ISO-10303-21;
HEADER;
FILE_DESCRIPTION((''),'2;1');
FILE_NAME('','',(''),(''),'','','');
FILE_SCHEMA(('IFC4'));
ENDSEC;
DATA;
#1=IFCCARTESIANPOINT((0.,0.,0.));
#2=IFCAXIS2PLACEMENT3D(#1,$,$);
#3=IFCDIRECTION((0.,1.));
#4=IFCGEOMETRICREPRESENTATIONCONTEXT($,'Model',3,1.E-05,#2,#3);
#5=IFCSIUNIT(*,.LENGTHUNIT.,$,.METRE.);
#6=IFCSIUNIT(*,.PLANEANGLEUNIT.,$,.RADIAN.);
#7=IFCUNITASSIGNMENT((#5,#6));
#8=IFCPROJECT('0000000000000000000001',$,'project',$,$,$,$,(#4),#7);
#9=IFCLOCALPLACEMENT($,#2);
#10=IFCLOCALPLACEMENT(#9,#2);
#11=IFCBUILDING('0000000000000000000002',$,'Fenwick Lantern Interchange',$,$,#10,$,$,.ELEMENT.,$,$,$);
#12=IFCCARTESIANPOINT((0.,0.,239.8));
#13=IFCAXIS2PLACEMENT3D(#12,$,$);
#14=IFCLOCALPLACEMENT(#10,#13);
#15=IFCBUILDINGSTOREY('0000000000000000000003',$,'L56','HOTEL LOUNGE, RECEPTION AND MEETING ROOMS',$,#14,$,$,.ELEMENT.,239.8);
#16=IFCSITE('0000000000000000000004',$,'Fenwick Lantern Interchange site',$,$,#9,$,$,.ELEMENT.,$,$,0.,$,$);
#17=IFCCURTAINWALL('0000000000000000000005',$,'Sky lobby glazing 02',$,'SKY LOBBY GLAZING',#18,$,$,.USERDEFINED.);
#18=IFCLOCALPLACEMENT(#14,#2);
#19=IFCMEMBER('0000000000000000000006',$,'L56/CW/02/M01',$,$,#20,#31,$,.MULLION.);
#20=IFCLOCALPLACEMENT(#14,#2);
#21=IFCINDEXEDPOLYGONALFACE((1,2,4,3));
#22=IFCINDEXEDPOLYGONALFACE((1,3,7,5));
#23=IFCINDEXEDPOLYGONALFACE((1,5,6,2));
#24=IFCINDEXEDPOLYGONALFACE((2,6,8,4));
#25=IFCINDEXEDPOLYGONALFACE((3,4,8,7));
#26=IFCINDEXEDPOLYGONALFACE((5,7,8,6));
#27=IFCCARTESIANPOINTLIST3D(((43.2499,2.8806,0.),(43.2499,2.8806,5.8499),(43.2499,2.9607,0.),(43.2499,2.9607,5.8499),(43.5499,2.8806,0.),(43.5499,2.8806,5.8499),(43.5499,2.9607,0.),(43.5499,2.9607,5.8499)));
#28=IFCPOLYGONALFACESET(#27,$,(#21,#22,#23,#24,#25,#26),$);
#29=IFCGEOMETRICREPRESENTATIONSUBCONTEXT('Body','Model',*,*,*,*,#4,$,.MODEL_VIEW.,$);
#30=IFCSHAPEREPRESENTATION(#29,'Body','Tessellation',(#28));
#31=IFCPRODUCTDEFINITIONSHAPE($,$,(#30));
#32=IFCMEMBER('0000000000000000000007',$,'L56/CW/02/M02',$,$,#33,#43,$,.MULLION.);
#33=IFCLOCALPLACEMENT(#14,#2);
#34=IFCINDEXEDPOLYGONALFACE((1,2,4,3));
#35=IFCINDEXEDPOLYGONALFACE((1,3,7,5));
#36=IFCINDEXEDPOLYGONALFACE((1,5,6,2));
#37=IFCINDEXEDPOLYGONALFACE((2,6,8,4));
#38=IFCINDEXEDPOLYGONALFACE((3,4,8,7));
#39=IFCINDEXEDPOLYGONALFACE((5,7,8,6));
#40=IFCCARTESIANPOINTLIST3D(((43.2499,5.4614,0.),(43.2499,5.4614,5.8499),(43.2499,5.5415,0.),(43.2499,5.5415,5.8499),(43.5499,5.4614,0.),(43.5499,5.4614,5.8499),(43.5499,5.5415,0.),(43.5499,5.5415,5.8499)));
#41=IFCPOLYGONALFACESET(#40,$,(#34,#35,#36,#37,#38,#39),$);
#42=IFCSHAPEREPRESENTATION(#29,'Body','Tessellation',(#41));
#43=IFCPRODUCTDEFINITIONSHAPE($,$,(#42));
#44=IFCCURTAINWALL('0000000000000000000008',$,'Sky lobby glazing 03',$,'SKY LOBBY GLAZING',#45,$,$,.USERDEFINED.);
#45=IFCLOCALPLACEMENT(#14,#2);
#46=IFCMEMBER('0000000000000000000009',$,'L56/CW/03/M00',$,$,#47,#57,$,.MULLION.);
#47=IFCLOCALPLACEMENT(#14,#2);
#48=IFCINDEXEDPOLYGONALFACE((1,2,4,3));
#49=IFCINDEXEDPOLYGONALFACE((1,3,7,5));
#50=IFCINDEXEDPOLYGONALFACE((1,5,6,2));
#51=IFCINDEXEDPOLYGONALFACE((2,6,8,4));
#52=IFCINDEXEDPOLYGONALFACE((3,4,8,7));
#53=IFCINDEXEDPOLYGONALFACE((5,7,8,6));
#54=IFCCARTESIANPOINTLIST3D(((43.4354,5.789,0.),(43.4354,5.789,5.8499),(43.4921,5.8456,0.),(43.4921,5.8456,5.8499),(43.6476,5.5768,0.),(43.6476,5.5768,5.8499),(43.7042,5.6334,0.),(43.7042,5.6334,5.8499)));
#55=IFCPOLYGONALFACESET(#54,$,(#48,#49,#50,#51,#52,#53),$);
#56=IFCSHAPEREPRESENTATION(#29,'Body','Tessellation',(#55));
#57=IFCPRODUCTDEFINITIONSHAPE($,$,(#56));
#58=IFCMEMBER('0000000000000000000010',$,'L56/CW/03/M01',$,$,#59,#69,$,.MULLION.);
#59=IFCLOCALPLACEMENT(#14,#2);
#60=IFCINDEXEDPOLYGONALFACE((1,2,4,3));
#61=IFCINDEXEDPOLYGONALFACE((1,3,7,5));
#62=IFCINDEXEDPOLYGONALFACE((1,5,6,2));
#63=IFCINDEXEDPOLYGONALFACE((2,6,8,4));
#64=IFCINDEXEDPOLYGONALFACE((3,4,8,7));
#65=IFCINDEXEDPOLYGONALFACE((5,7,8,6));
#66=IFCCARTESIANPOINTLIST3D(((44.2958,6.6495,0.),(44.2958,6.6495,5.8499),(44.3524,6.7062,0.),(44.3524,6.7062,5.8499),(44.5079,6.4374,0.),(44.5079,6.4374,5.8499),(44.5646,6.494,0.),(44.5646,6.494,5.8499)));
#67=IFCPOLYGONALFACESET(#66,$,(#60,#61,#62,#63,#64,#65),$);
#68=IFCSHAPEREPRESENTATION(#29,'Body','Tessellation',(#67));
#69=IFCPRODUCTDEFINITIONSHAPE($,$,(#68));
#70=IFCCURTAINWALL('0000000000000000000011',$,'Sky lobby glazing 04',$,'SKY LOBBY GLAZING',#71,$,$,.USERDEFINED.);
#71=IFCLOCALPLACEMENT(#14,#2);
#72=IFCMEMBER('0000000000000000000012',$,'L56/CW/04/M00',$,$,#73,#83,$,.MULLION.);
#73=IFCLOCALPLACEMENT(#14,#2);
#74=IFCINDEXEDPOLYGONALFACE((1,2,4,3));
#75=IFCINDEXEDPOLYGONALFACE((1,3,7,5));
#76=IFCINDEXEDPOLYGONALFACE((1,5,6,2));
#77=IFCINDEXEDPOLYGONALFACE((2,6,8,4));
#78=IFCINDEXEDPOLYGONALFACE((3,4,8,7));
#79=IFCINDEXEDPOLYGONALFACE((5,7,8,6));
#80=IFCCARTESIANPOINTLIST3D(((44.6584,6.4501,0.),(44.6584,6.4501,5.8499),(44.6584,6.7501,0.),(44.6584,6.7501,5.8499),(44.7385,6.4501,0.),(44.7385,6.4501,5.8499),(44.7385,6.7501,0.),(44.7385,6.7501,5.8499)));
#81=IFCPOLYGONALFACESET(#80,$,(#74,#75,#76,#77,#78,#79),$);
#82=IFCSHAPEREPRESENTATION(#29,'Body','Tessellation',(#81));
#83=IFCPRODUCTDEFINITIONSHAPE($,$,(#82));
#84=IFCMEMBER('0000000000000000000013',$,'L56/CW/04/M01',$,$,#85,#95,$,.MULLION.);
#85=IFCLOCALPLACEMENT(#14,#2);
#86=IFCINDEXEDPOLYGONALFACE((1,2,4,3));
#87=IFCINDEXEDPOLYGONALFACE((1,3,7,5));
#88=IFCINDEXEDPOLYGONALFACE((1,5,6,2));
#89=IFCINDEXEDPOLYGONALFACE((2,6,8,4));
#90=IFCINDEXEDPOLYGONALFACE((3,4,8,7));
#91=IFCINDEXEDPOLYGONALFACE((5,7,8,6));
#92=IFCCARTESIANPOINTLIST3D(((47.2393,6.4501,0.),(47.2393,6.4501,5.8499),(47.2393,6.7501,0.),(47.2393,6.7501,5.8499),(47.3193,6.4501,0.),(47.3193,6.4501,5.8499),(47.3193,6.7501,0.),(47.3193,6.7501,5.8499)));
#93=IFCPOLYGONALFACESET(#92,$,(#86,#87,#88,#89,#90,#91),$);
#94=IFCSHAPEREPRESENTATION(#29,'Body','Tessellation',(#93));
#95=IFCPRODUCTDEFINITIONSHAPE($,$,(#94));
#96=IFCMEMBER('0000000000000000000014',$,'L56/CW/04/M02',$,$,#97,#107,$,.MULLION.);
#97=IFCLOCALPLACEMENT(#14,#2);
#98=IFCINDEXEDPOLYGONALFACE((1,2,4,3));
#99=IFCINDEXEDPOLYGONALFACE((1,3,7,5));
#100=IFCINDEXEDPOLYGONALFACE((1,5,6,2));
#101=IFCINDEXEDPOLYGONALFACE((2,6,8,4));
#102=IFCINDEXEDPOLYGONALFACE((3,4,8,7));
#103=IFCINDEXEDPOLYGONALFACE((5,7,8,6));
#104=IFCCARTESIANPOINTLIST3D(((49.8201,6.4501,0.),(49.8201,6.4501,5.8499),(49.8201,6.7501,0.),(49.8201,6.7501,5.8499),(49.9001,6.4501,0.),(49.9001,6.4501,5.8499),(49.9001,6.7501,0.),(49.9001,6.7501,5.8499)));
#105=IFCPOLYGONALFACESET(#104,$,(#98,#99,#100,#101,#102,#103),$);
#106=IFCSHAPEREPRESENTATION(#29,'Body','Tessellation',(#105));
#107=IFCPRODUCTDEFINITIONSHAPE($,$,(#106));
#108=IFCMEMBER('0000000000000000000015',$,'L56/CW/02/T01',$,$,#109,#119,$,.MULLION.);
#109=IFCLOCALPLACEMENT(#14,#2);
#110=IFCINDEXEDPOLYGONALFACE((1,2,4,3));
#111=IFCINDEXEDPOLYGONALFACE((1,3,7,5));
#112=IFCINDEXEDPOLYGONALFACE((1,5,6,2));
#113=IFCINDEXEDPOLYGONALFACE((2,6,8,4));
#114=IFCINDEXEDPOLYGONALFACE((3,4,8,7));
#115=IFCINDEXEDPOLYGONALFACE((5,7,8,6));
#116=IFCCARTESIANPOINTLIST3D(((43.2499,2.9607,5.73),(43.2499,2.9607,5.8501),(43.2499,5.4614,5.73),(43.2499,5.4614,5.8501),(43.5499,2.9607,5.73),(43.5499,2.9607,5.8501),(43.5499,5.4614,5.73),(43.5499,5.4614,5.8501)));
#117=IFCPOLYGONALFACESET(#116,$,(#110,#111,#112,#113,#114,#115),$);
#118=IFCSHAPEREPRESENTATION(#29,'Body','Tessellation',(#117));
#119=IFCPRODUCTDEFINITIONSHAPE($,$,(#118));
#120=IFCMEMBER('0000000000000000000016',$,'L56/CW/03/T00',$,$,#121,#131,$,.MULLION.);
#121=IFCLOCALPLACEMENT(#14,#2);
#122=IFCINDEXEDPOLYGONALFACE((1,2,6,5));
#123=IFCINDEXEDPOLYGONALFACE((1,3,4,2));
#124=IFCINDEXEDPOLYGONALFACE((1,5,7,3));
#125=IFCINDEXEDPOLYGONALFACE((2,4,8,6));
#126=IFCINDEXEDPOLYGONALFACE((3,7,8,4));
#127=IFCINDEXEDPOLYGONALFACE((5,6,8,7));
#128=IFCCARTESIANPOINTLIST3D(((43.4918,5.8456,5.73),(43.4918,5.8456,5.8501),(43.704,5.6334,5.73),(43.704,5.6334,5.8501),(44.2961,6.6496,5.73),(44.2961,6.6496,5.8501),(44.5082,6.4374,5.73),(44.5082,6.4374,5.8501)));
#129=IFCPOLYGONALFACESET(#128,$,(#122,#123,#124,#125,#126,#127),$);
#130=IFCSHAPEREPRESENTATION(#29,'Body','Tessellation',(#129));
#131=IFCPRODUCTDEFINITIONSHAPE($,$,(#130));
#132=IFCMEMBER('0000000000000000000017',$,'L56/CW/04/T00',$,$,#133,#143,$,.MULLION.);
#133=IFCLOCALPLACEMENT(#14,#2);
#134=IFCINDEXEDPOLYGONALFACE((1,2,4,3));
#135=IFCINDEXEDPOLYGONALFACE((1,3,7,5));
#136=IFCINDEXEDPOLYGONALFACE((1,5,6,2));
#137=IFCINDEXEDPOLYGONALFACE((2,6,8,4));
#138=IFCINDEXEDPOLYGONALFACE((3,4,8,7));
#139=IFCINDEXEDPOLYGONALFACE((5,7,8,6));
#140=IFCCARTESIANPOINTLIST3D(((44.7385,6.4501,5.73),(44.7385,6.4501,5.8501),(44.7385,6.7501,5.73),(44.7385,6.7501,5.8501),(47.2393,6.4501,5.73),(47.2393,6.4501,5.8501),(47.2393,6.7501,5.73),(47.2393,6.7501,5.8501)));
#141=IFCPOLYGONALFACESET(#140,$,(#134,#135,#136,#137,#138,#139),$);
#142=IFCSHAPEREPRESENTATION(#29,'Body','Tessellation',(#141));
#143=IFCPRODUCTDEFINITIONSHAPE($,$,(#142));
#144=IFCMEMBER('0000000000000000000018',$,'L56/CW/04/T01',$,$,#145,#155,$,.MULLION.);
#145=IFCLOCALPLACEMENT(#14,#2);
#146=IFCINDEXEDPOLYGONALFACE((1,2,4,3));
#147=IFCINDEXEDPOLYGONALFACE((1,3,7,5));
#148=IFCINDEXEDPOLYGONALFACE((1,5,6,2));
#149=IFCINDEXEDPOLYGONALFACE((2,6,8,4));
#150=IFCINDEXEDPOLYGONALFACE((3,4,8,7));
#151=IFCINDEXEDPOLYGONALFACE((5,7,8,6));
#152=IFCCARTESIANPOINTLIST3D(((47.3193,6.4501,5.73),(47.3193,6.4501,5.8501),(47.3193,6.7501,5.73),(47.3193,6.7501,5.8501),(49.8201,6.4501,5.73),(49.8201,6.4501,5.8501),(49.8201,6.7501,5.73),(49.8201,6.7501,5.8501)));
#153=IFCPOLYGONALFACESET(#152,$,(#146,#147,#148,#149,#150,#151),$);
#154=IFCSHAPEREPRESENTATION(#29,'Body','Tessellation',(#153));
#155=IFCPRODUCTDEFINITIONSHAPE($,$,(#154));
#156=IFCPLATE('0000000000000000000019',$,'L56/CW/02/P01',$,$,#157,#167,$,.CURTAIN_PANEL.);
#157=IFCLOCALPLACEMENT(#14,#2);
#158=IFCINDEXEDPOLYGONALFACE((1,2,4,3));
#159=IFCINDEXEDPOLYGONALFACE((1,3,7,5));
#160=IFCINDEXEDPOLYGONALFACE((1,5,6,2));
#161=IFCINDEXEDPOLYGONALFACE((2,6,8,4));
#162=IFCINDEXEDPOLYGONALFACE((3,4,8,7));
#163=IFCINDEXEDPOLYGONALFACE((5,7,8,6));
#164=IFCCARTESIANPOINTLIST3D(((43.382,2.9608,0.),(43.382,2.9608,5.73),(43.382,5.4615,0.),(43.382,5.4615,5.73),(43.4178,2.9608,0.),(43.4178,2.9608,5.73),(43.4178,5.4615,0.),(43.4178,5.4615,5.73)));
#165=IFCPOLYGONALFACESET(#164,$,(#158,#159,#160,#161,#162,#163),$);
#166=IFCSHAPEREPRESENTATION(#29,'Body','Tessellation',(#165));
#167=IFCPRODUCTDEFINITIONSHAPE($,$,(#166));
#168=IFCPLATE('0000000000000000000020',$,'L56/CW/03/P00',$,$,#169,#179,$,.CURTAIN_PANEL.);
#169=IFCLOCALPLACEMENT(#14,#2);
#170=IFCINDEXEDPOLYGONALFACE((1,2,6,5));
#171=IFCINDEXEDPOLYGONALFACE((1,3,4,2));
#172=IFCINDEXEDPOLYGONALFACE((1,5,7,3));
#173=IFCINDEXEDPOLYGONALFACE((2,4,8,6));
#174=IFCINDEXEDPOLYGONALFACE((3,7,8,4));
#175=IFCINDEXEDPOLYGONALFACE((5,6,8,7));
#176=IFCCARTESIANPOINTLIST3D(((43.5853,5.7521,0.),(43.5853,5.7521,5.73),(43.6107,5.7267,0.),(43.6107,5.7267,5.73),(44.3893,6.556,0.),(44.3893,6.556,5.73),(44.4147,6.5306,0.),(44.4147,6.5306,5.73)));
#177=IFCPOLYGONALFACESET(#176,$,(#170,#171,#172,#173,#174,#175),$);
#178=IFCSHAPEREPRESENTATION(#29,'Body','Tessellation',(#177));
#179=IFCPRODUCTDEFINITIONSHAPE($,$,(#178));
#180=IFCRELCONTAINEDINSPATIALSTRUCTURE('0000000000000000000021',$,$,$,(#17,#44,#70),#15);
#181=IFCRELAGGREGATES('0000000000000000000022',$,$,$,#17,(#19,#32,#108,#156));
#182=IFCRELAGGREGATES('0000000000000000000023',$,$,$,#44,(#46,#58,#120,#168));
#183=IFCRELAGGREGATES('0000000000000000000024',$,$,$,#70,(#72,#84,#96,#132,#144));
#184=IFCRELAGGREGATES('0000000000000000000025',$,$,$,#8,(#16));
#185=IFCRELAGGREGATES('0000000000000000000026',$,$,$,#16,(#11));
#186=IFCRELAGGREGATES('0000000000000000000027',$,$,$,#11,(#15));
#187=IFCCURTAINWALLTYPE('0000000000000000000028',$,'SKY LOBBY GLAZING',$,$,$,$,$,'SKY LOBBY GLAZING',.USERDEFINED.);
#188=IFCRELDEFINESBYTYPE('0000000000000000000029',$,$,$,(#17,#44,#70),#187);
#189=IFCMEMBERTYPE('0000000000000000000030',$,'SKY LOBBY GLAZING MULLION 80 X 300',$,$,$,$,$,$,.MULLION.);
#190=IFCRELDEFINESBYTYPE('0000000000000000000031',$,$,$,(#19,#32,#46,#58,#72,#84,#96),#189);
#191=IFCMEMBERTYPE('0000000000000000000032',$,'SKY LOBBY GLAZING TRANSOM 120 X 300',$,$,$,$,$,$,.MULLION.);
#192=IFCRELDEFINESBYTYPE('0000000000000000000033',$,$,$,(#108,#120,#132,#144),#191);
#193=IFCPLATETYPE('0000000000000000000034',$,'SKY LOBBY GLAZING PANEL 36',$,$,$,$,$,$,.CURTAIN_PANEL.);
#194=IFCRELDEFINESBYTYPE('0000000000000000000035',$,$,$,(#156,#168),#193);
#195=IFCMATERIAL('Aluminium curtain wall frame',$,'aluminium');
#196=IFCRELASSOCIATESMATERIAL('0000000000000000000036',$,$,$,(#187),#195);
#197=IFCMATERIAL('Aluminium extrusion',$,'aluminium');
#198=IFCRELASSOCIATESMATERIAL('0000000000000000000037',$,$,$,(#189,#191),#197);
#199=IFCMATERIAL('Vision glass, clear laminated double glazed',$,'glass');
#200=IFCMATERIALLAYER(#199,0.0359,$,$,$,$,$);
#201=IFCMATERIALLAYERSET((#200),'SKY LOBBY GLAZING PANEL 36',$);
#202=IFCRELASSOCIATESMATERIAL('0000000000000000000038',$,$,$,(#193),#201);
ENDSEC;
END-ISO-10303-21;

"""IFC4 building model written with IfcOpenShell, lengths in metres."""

from ifc_helpers import new_model, si_unit, direction, frame, origin, origin_2d, place, context, subcontext, project, spatial, rectangle, extrude, material, layer, layer_set, material_profile, profile_set, type_object, element, aggregate, save


model = new_model("IFC4")

# Units and contexts
model_context = context("Model", 3, precision=1e-05, world=origin(), true_north=direction((0.0, 1.0)))
body_context = subcontext(model_context, "Body", "Model", "MODEL_VIEW")
ifc_project = project(units=[si_unit("LENGTHUNIT", "METRE"), si_unit("PLANEANGLEUNIT", "RADIAN")], contexts=[model_context])

# Site, building, storey
site_placement = place(None, origin())
site = spatial("IfcSite", under=ifc_project, at=site_placement, Name="Fenwick Lantern Interchange site", CompositionType="ELEMENT", RefElevation=0.0)
building_placement = place(site_placement, origin())
building = spatial("IfcBuilding", under=site, at=building_placement, Name="Fenwick Lantern Interchange", CompositionType="ELEMENT")
storey_placement = place(building_placement, frame((0.0, 0.0, 239.8)))
storey = spatial("IfcBuildingStorey", under=building, at=storey_placement, Name="L56", Description="HOTEL LOUNGE, RECEPTION AND MEETING ROOMS", CompositionType="ELEMENT", Elevation=239.8)

# Curtain walls, members
ifc_material_1 = material(Name="Aluminium curtain wall frame", Category="aluminium")
curtain_wall_type = type_object("IfcCurtainWallType", Name="SKY LOBBY GLAZING", ElementType="SKY LOBBY GLAZING", PredefinedType="USERDEFINED", material=ifc_material_1)
curtain_wall_1_placement = place(storey_placement, origin())
curtain_wall_1 = element("IfcCurtainWall", 1, at=curtain_wall_1_placement, inside=storey, type_object=curtain_wall_type, Name="Sky lobby glazing 02", ObjectType="SKY LOBBY GLAZING", PredefinedType="USERDEFINED")
ifc_material_2 = material(Name="Aluminium extrusion", Category="aluminium")
ifc_material_profile_1 = material_profile(ifc_material_2, rectangle(XDim=0.3, YDim=0.0801, at=origin_2d()), Name="SKY LOBBY GLAZING MULLION 80 X 300")
ifc_profile_set_1 = profile_set([ifc_material_profile_1], Name="Aluminium extrusion")
member_type_1 = type_object("IfcMemberType", Name="SKY LOBBY GLAZING MULLION 80 X 300", PredefinedType="MULLION", material=ifc_profile_set_1)
member_1_placement = place(storey_placement, frame((43.3999, 2.9207, 0.0), z_axis=(0.0, 0.0, 1.0), x_axis=(-1.0, 0.0, 0.0)))
member_1 = element("IfcMember", 2, at=member_1_placement, type_object=member_type_1, Name="L56/CW/02/M01", PredefinedType="MULLION", context=body_context, shape_type="SweptSolid", body=[
    extrude(rectangle(XDim=0.3, YDim=0.0801, at=origin_2d()), origin(), (0.0, 0.0, 1.0), 5.8499),
])
member_2_placement = place(storey_placement, frame((43.3999, 5.5015, 0.0), z_axis=(0.0, 0.0, 1.0), x_axis=(-1.0, 0.0, 0.0)))
member_2 = element("IfcMember", 3, at=member_2_placement, type_object=member_type_1, Name="L56/CW/02/M02", PredefinedType="MULLION", context=body_context, shape_type="SweptSolid", body=[
    extrude(rectangle(XDim=0.3, YDim=0.0801, at=origin_2d()), origin(), (0.0, 0.0, 1.0), 5.8499),
])
curtain_wall_2_placement = place(storey_placement, origin())
curtain_wall_2 = element("IfcCurtainWall", 4, at=curtain_wall_2_placement, inside=storey, type_object=curtain_wall_type, Name="Sky lobby glazing 03", ObjectType="SKY LOBBY GLAZING", PredefinedType="USERDEFINED")
member_3_placement = place(storey_placement, frame((43.5698, 5.7112, 0.0), z_axis=(0.0, 0.0, 1.0), x_axis=(-0.707107, 0.707107, 0.0)))
member_3 = element("IfcMember", 5, at=member_3_placement, type_object=member_type_1, Name="L56/CW/03/M00", PredefinedType="MULLION", context=body_context, shape_type="SweptSolid", body=[
    extrude(rectangle(XDim=0.3, YDim=0.0801, at=origin_2d()), origin(), (0.0, 0.0, 1.0), 5.8499),
])
member_4_placement = place(storey_placement, frame((44.4302, 6.5718, 0.0), z_axis=(0.0, 0.0, 1.0), x_axis=(-0.707107, 0.707107, 0.0)))
member_4 = element("IfcMember", 6, at=member_4_placement, type_object=member_type_1, Name="L56/CW/03/M01", PredefinedType="MULLION", context=body_context, shape_type="SweptSolid", body=[
    extrude(rectangle(XDim=0.3, YDim=0.0801, at=origin_2d()), origin(), (0.0, 0.0, 1.0), 5.8499),
])
curtain_wall_3_placement = place(storey_placement, origin())
curtain_wall_3 = element("IfcCurtainWall", 7, at=curtain_wall_3_placement, inside=storey, type_object=curtain_wall_type, Name="Sky lobby glazing 04", ObjectType="SKY LOBBY GLAZING", PredefinedType="USERDEFINED")
member_5_placement = place(storey_placement, frame((44.6985, 6.6001, 0.0), z_axis=(0.0, 0.0, 1.0), x_axis=(0.0, 1.0, 0.0)))
member_5 = element("IfcMember", 8, at=member_5_placement, type_object=member_type_1, Name="L56/CW/04/M00", PredefinedType="MULLION", context=body_context, shape_type="SweptSolid", body=[
    extrude(rectangle(XDim=0.3, YDim=0.0801, at=origin_2d()), origin(), (0.0, 0.0, 1.0), 5.8499),
])
member_6_placement = place(storey_placement, frame((47.2793, 6.6001, 0.0), z_axis=(0.0, 0.0, 1.0), x_axis=(0.0, 1.0, 0.0)))
member_6 = element("IfcMember", 9, at=member_6_placement, type_object=member_type_1, Name="L56/CW/04/M01", PredefinedType="MULLION", context=body_context, shape_type="SweptSolid", body=[
    extrude(rectangle(XDim=0.3, YDim=0.0801, at=origin_2d()), origin(), (0.0, 0.0, 1.0), 5.8499),
])
member_7_placement = place(storey_placement, frame((49.8601, 6.6001, 0.0), z_axis=(0.0, 0.0, 1.0), x_axis=(0.0, 1.0, 0.0)))
member_7 = element("IfcMember", 10, at=member_7_placement, type_object=member_type_1, Name="L56/CW/04/M02", PredefinedType="MULLION", context=body_context, shape_type="SweptSolid", body=[
    extrude(rectangle(XDim=0.3, YDim=0.0801, at=origin_2d()), origin(), (0.0, 0.0, 1.0), 5.8499),
])

# Members
ifc_material_profile_2 = material_profile(ifc_material_2, rectangle(XDim=0.3, YDim=0.1201, at=origin_2d()), Name="SKY LOBBY GLAZING TRANSOM 120 X 300")
ifc_profile_set_2 = profile_set([ifc_material_profile_2], Name="Aluminium extrusion")
member_type_2 = type_object("IfcMemberType", Name="SKY LOBBY GLAZING TRANSOM 120 X 300", PredefinedType="MULLION", material=ifc_profile_set_2)
member_8_placement = place(storey_placement, frame((43.3999, 2.9607, 5.79), z_axis=(0.0, 1.0, 0.0), x_axis=(-1.0, 0.0, 0.0)))
member_8 = element("IfcMember", 11, at=member_8_placement, type_object=member_type_2, Name="L56/CW/02/T01", PredefinedType="MULLION", context=body_context, shape_type="SweptSolid", body=[
    extrude(rectangle(XDim=0.3, YDim=0.1201, at=origin_2d()), origin(), (0.0, 0.0, 1.0), 2.5007),
])
member_9_placement = place(storey_placement, frame((43.5979, 5.7395, 5.79), z_axis=(0.707214, 0.706999, 0.0), x_axis=(-0.706999, 0.707214, 0.0)))
member_9 = element("IfcMember", 12, at=member_9_placement, type_object=member_type_2, Name="L56/CW/03/T00", PredefinedType="MULLION", context=body_context, shape_type="SweptSolid", body=[
    extrude(rectangle(XDim=0.3, YDim=0.1201, at=origin_2d()), origin(), (0.0, 0.0, 1.0), 1.1372),
])
member_10_placement = place(storey_placement, frame((44.7385, 6.6001, 5.79), z_axis=(1.0, 0.0, 0.0), x_axis=(0.0, 1.0, 0.0)))
member_10 = element("IfcMember", 13, at=member_10_placement, type_object=member_type_2, Name="L56/CW/04/T00", PredefinedType="MULLION", context=body_context, shape_type="SweptSolid", body=[
    extrude(rectangle(XDim=0.3, YDim=0.1201, at=origin_2d()), origin(), (0.0, 0.0, 1.0), 2.5007),
])
member_11_placement = place(storey_placement, frame((47.3193, 6.6001, 5.79), z_axis=(1.0, 0.0, 0.0), x_axis=(0.0, 1.0, 0.0)))
member_11 = element("IfcMember", 14, at=member_11_placement, type_object=member_type_2, Name="L56/CW/04/T01", PredefinedType="MULLION", context=body_context, shape_type="SweptSolid", body=[
    extrude(rectangle(XDim=0.3, YDim=0.1201, at=origin_2d()), origin(), (0.0, 0.0, 1.0), 2.5007),
])

# Plates
ifc_material_3 = material(Name="Vision glass, clear laminated double glazed", Category="glass")
ifc_layer_1 = layer(ifc_material_3, 0.0359)
ifc_layer_set_1 = layer_set([ifc_layer_1], Name="SKY LOBBY GLAZING PANEL 36")
plate_type = type_object("IfcPlateType", Name="SKY LOBBY GLAZING PANEL 36", PredefinedType="CURTAIN_PANEL", material=ifc_layer_set_1)
plate_1_placement = place(storey_placement, frame((43.3999, 4.2112, 0.0), z_axis=(0.0, 0.0, 1.0), x_axis=(0.0, 1.0, 0.0)))
plate_1 = element("IfcPlate", 15, at=plate_1_placement, type_object=plate_type, Name="L56/CW/02/P01", PredefinedType="CURTAIN_PANEL", context=body_context, shape_type="SweptSolid", body=[
    extrude(rectangle(XDim=2.5007, YDim=0.0359, at=origin_2d()), origin(), (0.0, 0.0, 1.0), 5.73),
])
aggregate(curtain_wall_1, [member_1, member_2, member_8, plate_1])
plate_2_placement = place(storey_placement, frame((44.0, 6.1414, 0.0), z_axis=(0.0, 0.0, 1.0), x_axis=(0.707107, 0.707107, 0.0)))
plate_2 = element("IfcPlate", 16, at=plate_2_placement, type_object=plate_type, Name="L56/CW/03/P00", PredefinedType="CURTAIN_PANEL", context=body_context, shape_type="SweptSolid", body=[
    extrude(rectangle(XDim=1.137, YDim=0.0359, at=origin_2d()), origin(), (0.0, 0.0, 1.0), 5.73),
])
aggregate(curtain_wall_2, [member_3, member_4, member_9, plate_2])
aggregate(curtain_wall_3, [member_5, member_6, member_7, member_10, member_11])

save(model, "model.ifc")
